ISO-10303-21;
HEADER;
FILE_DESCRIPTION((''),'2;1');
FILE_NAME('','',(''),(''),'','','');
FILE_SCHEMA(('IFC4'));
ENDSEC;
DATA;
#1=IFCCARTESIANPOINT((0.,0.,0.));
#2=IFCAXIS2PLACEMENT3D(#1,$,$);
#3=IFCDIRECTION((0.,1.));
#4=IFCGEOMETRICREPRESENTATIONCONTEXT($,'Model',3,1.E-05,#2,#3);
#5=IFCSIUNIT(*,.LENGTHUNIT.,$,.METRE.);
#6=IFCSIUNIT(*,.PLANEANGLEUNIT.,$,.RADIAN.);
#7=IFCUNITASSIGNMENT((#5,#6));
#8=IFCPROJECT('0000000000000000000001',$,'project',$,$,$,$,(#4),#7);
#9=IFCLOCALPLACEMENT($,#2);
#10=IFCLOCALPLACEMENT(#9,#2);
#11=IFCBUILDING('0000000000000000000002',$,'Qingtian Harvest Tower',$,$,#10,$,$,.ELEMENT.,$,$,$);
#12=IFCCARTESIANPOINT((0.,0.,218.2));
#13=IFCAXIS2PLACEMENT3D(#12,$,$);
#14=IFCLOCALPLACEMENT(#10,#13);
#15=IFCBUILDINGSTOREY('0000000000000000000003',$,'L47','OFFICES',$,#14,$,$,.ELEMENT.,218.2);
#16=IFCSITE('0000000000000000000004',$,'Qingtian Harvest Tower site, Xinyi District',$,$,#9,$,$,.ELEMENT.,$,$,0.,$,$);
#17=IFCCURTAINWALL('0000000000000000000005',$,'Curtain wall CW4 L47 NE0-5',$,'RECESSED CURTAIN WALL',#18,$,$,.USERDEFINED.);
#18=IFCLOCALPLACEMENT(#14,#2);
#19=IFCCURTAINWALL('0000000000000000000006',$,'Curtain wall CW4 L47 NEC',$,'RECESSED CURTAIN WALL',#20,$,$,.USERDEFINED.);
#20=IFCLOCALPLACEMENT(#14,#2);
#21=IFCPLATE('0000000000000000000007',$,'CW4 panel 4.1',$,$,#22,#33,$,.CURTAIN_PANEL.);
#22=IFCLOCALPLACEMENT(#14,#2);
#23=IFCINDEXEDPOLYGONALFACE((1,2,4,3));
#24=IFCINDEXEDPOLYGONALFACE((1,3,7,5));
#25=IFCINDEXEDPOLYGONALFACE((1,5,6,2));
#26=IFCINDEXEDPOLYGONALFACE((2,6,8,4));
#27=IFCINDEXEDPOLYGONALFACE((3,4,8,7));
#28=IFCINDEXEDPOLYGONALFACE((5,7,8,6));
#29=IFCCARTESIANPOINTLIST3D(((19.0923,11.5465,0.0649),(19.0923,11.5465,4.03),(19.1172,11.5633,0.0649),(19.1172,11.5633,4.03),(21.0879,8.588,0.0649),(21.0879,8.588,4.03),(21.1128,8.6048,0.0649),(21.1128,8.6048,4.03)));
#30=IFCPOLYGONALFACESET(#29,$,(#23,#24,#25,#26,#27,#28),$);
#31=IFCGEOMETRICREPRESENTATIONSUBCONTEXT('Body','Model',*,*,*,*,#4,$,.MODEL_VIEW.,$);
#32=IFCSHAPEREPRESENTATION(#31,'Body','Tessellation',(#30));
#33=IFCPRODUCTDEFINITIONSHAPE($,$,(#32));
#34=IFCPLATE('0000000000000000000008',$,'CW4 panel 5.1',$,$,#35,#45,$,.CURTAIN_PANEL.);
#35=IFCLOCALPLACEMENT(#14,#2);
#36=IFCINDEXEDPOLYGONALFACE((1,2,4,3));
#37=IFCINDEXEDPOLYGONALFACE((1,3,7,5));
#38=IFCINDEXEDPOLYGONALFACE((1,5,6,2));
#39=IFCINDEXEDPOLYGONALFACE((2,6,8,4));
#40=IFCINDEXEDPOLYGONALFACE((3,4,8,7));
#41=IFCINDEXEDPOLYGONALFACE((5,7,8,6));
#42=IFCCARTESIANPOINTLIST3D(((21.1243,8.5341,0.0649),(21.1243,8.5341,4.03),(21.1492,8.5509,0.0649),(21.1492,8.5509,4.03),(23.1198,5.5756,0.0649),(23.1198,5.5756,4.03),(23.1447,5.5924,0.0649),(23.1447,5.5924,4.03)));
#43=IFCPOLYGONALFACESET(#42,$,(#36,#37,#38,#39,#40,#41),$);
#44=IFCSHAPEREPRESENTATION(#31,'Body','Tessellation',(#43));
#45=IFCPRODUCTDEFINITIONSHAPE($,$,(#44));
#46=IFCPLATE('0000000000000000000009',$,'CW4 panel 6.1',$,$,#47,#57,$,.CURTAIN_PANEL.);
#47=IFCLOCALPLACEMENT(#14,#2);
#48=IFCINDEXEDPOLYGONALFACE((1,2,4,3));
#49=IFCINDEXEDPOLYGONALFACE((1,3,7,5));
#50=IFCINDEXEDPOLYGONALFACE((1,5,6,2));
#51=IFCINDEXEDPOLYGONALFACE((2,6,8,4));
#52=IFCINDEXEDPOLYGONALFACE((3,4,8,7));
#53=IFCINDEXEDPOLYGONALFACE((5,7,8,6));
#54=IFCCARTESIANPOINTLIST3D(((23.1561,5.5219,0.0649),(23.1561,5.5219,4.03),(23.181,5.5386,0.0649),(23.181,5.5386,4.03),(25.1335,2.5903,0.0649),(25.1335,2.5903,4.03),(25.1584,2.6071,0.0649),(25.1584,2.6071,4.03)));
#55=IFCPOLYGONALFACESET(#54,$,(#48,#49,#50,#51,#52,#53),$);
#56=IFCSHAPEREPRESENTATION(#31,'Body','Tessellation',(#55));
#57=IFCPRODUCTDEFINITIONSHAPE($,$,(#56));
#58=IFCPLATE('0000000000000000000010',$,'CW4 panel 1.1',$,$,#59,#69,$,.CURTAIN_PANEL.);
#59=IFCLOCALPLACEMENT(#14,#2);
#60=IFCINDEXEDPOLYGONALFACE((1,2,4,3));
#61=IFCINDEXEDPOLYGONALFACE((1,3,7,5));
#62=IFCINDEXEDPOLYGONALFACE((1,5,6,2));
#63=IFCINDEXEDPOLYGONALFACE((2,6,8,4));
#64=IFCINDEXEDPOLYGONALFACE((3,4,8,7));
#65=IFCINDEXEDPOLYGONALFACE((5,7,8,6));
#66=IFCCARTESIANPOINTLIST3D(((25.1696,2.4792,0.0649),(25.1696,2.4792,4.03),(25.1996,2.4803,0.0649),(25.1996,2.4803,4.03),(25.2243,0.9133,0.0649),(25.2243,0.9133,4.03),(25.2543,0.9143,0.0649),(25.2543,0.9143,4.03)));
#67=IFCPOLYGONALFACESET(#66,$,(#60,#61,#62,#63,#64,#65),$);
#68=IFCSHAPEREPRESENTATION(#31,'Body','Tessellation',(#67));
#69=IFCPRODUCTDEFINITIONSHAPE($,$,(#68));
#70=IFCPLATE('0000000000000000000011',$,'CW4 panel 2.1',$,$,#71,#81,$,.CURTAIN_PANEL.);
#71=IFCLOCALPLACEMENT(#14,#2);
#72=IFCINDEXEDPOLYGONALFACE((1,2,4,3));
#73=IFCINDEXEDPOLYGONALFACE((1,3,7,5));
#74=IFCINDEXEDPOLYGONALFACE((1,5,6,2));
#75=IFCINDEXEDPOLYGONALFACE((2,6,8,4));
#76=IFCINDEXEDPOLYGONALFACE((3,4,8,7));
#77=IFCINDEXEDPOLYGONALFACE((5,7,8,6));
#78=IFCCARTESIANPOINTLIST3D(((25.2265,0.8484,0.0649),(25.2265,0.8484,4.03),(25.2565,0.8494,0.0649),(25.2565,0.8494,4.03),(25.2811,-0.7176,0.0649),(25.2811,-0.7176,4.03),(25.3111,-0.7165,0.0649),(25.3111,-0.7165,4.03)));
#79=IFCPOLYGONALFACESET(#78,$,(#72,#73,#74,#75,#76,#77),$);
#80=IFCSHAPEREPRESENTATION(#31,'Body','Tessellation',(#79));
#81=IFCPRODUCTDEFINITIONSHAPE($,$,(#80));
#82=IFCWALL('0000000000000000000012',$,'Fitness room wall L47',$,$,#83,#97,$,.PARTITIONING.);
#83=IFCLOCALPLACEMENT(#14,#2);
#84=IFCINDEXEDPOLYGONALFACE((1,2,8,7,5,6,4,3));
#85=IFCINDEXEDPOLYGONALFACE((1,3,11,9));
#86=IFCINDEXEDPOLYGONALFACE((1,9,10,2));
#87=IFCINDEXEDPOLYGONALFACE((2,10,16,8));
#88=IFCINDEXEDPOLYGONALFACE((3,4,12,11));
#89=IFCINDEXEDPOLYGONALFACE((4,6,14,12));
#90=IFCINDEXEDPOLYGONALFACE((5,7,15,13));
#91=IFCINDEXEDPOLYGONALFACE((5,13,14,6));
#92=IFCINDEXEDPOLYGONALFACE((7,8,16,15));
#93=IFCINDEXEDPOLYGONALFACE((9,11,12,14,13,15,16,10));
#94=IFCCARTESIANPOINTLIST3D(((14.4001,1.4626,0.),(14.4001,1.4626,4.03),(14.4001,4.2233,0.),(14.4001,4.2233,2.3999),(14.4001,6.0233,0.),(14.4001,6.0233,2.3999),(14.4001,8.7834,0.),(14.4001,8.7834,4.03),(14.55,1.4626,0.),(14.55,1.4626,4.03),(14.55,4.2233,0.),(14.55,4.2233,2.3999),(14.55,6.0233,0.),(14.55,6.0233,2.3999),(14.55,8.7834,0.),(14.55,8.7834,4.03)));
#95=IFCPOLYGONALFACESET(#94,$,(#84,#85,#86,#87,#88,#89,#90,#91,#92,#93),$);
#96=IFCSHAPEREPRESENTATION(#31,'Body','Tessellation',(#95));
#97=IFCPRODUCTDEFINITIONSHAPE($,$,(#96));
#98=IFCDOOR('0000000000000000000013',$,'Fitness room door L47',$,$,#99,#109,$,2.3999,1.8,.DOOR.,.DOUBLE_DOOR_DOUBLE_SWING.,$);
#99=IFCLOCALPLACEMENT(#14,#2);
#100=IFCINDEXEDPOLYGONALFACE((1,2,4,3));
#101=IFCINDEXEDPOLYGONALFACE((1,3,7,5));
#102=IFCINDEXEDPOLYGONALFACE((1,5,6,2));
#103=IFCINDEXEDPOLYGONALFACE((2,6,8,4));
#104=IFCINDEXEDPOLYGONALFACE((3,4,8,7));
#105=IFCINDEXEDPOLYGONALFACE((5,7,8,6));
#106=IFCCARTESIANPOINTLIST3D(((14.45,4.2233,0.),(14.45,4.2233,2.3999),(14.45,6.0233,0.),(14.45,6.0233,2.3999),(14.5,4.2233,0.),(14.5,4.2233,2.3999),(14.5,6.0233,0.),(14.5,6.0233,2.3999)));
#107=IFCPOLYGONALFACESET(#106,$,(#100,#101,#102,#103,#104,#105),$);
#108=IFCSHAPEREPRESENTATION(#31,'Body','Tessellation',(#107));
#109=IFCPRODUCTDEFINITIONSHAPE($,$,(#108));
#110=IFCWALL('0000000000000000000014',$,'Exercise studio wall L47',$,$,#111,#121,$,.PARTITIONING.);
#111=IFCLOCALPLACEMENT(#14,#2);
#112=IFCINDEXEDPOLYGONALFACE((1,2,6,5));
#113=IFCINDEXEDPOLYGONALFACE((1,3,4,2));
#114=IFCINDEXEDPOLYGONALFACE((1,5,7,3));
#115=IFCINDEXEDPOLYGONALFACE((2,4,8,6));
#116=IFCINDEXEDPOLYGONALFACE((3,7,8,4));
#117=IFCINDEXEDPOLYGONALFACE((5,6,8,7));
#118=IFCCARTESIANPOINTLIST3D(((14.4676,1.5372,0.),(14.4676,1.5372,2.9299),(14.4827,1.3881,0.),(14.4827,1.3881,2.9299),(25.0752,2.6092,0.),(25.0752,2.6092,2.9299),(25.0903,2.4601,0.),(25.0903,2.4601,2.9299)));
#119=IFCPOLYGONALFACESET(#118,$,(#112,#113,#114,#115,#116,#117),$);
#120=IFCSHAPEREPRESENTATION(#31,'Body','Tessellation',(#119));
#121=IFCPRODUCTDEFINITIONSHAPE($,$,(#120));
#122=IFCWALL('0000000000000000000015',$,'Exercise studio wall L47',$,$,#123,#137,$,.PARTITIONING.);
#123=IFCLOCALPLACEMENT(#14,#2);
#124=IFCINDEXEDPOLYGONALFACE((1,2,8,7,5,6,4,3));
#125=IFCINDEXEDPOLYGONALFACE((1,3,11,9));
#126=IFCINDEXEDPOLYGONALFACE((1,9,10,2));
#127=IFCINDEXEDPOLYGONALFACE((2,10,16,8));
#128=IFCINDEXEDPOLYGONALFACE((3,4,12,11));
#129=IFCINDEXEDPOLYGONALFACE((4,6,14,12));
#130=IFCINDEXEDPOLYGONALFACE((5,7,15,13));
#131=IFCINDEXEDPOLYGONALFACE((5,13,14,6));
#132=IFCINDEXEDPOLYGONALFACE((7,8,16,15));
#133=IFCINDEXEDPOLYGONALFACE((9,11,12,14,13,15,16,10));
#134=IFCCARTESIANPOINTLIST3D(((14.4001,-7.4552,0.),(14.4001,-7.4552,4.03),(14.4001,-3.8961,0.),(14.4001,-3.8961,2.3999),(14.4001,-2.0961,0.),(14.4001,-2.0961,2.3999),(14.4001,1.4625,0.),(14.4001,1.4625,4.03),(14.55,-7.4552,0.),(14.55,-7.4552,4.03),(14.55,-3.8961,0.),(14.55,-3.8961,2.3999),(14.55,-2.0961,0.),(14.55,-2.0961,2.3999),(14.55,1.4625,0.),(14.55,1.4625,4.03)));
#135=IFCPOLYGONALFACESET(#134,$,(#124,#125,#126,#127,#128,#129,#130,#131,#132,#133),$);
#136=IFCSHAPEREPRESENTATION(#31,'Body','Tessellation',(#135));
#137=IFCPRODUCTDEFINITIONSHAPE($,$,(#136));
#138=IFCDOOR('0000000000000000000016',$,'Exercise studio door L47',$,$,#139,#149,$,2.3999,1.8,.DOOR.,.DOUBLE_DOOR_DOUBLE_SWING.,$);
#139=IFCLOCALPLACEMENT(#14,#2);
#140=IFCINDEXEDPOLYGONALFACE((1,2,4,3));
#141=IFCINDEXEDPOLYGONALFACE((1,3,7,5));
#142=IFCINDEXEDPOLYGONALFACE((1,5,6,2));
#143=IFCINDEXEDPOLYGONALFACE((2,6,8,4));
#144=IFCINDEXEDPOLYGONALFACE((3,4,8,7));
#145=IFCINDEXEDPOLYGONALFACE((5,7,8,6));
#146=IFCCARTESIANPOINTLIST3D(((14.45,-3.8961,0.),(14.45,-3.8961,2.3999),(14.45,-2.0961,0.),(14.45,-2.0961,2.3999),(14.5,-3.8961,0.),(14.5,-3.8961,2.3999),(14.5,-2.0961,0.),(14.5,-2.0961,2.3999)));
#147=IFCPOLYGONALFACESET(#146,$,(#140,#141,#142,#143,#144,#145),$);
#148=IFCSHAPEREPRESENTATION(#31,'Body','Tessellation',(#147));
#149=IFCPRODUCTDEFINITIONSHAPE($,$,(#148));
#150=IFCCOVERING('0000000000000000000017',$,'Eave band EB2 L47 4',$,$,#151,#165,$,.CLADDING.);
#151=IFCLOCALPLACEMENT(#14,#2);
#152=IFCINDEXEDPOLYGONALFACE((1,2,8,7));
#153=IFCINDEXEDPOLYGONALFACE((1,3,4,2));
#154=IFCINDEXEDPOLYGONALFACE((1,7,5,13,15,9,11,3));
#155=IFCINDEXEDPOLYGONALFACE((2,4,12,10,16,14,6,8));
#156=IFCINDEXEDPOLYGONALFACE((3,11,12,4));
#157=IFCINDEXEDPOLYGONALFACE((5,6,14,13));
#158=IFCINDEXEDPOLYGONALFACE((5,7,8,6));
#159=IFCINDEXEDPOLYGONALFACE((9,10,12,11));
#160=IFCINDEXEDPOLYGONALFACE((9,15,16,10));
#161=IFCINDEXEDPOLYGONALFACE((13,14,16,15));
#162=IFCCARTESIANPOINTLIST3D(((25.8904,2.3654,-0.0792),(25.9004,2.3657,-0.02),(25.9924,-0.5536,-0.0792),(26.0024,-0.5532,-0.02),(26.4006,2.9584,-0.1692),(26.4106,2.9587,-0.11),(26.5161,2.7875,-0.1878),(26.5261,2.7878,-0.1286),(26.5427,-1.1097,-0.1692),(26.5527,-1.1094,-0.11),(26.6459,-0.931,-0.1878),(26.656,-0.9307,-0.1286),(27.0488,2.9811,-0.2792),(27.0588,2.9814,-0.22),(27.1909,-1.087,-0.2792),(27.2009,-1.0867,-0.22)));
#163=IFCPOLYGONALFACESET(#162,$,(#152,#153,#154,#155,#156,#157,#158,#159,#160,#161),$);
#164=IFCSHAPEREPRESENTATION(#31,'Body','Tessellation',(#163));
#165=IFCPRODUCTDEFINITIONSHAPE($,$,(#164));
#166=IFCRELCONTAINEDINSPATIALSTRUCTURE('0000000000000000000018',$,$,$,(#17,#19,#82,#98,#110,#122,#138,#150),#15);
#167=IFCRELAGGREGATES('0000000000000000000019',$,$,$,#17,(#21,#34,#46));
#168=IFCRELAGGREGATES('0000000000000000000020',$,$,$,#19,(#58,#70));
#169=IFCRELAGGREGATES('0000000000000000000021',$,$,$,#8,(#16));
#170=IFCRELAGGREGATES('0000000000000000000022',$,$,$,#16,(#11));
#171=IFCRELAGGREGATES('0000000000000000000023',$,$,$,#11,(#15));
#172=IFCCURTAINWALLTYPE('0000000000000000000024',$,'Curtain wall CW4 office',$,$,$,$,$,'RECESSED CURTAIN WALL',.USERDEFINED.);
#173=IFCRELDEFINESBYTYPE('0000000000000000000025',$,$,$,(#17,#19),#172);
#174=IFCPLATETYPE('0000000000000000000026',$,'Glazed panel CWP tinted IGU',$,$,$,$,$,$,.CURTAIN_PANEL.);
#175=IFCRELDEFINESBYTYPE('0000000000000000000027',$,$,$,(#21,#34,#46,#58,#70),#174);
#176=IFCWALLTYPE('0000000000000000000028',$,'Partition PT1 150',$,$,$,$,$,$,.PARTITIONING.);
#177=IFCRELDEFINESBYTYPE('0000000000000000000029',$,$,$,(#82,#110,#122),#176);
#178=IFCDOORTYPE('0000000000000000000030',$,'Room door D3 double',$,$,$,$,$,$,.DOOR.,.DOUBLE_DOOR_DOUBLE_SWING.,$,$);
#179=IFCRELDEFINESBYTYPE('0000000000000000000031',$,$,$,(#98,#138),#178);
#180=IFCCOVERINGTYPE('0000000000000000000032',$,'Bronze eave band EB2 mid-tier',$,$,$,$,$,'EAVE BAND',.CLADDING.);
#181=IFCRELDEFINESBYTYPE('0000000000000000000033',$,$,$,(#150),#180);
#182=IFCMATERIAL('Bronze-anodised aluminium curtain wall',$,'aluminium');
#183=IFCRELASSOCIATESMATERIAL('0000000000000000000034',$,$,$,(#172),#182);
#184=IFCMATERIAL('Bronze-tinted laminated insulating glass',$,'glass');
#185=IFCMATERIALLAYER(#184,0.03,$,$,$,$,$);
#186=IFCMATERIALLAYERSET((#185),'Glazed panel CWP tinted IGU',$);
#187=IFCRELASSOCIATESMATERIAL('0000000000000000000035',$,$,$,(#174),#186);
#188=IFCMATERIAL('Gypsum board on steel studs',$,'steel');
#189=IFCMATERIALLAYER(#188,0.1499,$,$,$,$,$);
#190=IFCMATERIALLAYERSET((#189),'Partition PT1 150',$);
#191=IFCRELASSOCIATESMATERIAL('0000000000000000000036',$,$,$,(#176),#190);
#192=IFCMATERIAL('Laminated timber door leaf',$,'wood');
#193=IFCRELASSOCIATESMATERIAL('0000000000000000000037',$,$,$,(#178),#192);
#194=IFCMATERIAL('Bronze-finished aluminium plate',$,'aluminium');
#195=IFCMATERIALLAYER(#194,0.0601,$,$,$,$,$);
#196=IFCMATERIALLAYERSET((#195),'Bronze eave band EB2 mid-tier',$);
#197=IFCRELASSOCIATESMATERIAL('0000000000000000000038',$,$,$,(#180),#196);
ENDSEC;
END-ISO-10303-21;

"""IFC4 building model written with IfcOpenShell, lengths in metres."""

from ifc_helpers import new_model, si_unit, direction, frame, frame_2d, origin, origin_2d, place, context, subcontext, project, spatial, polyline, rectangle, outline, extrude, material, layer, layer_set, type_object, element, fill, aggregate, save


model = new_model("IFC4")

# Units and contexts
model_context = context("Model", 3, precision=1e-05, world=origin(), true_north=direction((0.0, 1.0)))
body_context = subcontext(model_context, "Body", "Model", "MODEL_VIEW")
ifc_project = project(units=[si_unit("LENGTHUNIT", "METRE"), si_unit("PLANEANGLEUNIT", "RADIAN")], contexts=[model_context])

# Site, building, storey
site_placement = place(None, origin())
site = spatial("IfcSite", under=ifc_project, at=site_placement, Name="Qingtian Harvest Tower site, Xinyi District", CompositionType="ELEMENT", RefElevation=0.0)
building_placement = place(site_placement, origin())
building = spatial("IfcBuilding", under=site, at=building_placement, Name="Qingtian Harvest Tower", CompositionType="ELEMENT")
storey_placement = place(building_placement, frame((0.0, 0.0, 218.2)))
storey = spatial("IfcBuildingStorey", under=building, at=storey_placement, Name="L47", Description="OFFICES", CompositionType="ELEMENT", Elevation=218.2)

# Curtain walls
ifc_material_1 = material(Name="Bronze-anodised aluminium curtain wall", Category="aluminium")
curtain_wall_type = type_object("IfcCurtainWallType", Name="Curtain wall CW4 office", ElementType="RECESSED CURTAIN WALL", PredefinedType="USERDEFINED", material=ifc_material_1)
curtain_wall_1_placement = place(storey_placement, origin())
curtain_wall_1 = element("IfcCurtainWall", 1, at=curtain_wall_1_placement, inside=storey, type_object=curtain_wall_type, Name="Curtain wall CW4 L47 NE0-5", ObjectType="RECESSED CURTAIN WALL", PredefinedType="USERDEFINED")
curtain_wall_2_placement = place(storey_placement, origin())
curtain_wall_2 = element("IfcCurtainWall", 2, at=curtain_wall_2_placement, inside=storey, type_object=curtain_wall_type, Name="Curtain wall CW4 L47 NEC", ObjectType="RECESSED CURTAIN WALL", PredefinedType="USERDEFINED")

# Plates
ifc_material_2 = material(Name="Bronze-tinted laminated insulating glass", Category="glass")
ifc_layer_1 = layer(ifc_material_2, 0.03)
ifc_layer_set_1 = layer_set([ifc_layer_1], Name="Glazed panel CWP tinted IGU")
plate_type = type_object("IfcPlateType", Name="Glazed panel CWP tinted IGU", PredefinedType="CURTAIN_PANEL", material=ifc_layer_set_1)
plate_1_placement = place(storey_placement, frame((20.1025, 10.0757, 0.0649), z_axis=(0.0, 0.0, 1.0), x_axis=(0.559193, -0.829038, 0.0)))
plate_1 = element("IfcPlate", 3, at=plate_1_placement, type_object=plate_type, Name="CW4 panel 4.1", PredefinedType="CURTAIN_PANEL", context=body_context, shape_type="SweptSolid", body=[
    extrude(rectangle(XDim=3.5686, YDim=0.03, at=origin_2d()), origin(), (0.0, 0.0, 1.0), 3.9651),
])
plate_2_placement = place(storey_placement, frame((22.1345, 7.0632, 0.0649), z_axis=(0.0, 0.0, 1.0), x_axis=(0.559193, -0.829038, 0.0)))
plate_2 = element("IfcPlate", 4, at=plate_2_placement, type_object=plate_type, Name="CW4 panel 5.1", PredefinedType="CURTAIN_PANEL", context=body_context, shape_type="SweptSolid", body=[
    extrude(rectangle(XDim=3.5686, YDim=0.03, at=origin_2d()), origin(), (0.0, 0.0, 1.0), 3.9651),
])
plate_3_placement = place(storey_placement, frame((24.1572, 4.0645, 0.0649), z_axis=(0.0, 0.0, 1.0), x_axis=(0.559193, -0.829038, 0.0)))
plate_3 = element("IfcPlate", 5, at=plate_3_placement, type_object=plate_type, Name="CW4 panel 6.1", PredefinedType="CURTAIN_PANEL", context=body_context, shape_type="SweptSolid", body=[
    extrude(rectangle(XDim=3.5361, YDim=0.03, at=origin_2d()), origin(), (0.0, 0.0, 1.0), 3.9651),
])
aggregate(curtain_wall_1, [plate_1, plate_2, plate_3])
plate_4_placement = place(storey_placement, frame((25.2119, 1.6968, 0.0649), z_axis=(0.0, 0.0, 1.0), x_axis=(0.034899, -0.999391, 0.0)))
plate_4 = element("IfcPlate", 6, at=plate_4_placement, type_object=plate_type, Name="CW4 panel 1.1", PredefinedType="CURTAIN_PANEL", context=body_context, shape_type="SweptSolid", body=[
    extrude(rectangle(XDim=1.5669, YDim=0.03, at=origin_2d()), origin(), (0.0, 0.0, 1.0), 3.9651),
])
plate_5_placement = place(storey_placement, frame((25.2688, 0.0659, 0.0649), z_axis=(0.0, 0.0, 1.0), x_axis=(0.034899, -0.999391, 0.0)))
plate_5 = element("IfcPlate", 7, at=plate_5_placement, type_object=plate_type, Name="CW4 panel 2.1", PredefinedType="CURTAIN_PANEL", context=body_context, shape_type="SweptSolid", body=[
    extrude(rectangle(XDim=1.5669, YDim=0.03, at=origin_2d()), origin(), (0.0, 0.0, 1.0), 3.9651),
])
aggregate(curtain_wall_2, [plate_4, plate_5])

# Wall, opening, door
ifc_material_3 = material(Name="Gypsum board on steel studs", Category="steel")
ifc_layer_2 = layer(ifc_material_3, 0.1499)
ifc_layer_set_2 = layer_set([ifc_layer_2], Name="Partition PT1 150")
wall_type = type_object("IfcWallType", Name="Partition PT1 150", PredefinedType="PARTITIONING", material=ifc_layer_set_2)
wall_1_placement = place(storey_placement, frame((14.4751, 8.7834, 0.0), z_axis=(0.0, 0.0, 1.0), x_axis=(0.0, -1.0, 0.0)))
wall_1 = element("IfcWall", 8, at=wall_1_placement, inside=storey, type_object=wall_type, Name="Fitness room wall L47", PredefinedType="PARTITIONING", context=body_context, shape_type="SweptSolid", body=[
    extrude(rectangle(XDim=7.3208, YDim=0.1499, at=frame_2d((3.6604, 0.0))), origin(), (0.0, 0.0, 1.0), 4.03),
])
opening_1_placement = place(wall_1_placement, frame((2.7603, 0.0, 0.0)))
opening_1 = element("IfcOpeningElement", 9, at=opening_1_placement, cuts=wall_1, PredefinedType="OPENING", context=body_context, shape_type="SweptSolid", body=[
    extrude(rectangle(XDim=1.8, YDim=2.3999, at=frame_2d((0.8999, 1.2))), frame((0.0, 0.085, 0.0), z_axis=(0.0, -1.0, 0.0), x_axis=(1.0, 0.0, 0.0)), (0.0, 0.0, 1.0), 0.1699),
])
ifc_material_4 = material(Name="Laminated timber door leaf", Category="wood")
door_type = type_object("IfcDoorType", Name="Room door D3 double", OperationType="DOUBLE_DOOR_DOUBLE_SWING", PredefinedType="DOOR", material=ifc_material_4)
door_1_placement = place(opening_1_placement, origin())
door_1 = element("IfcDoor", 10, at=door_1_placement, inside=storey, type_object=door_type, Name="Fitness room door L47", OperationType="DOUBLE_DOOR_DOUBLE_SWING", OverallHeight=2.3999, OverallWidth=1.8, PredefinedType="DOOR", context=body_context, shape_type="SweptSolid", body=[
    extrude(rectangle(XDim=1.8, YDim=2.3999, at=frame_2d((0.8999, 1.2))), frame((0.0, 0.0249, 0.0), z_axis=(0.0, -1.0, 0.0), x_axis=(1.0, 0.0, 0.0)), (0.0, 0.0, 1.0), 0.05),
])
fill(opening_1, door_1)

# Wall
wall_2_placement = place(storey_placement, frame((25.0828, 2.5347, 0.0), z_axis=(0.0, 0.0, 1.0), x_axis=(-0.994932, -0.100549, 0.0)))
element("IfcWall", 11, at=wall_2_placement, inside=storey, type_object=wall_type, Name="Exercise studio wall L47", PredefinedType="PARTITIONING", context=body_context, shape_type="SweptSolid", body=[
    extrude(rectangle(XDim=10.6616, YDim=0.1499, at=frame_2d((5.3308, 0.0))), origin(), (0.0, 0.0, 1.0), 2.9299),
])

# Wall, opening, door
wall_3_placement = place(storey_placement, frame((14.4751, 1.4626, 0.0), z_axis=(0.0, 0.0, 1.0), x_axis=(0.0, -1.0, 0.0)))
wall_3 = element("IfcWall", 12, at=wall_3_placement, inside=storey, type_object=wall_type, Name="Exercise studio wall L47", PredefinedType="PARTITIONING", context=body_context, shape_type="SweptSolid", body=[
    extrude(rectangle(XDim=8.9177, YDim=0.1499, at=frame_2d((4.459, 0.0))), origin(), (0.0, 0.0, 1.0), 4.03),
])
opening_2_placement = place(wall_3_placement, frame((3.5588, 0.0, 0.0)))
opening_2 = element("IfcOpeningElement", 13, at=opening_2_placement, cuts=wall_3, PredefinedType="OPENING", context=body_context, shape_type="SweptSolid", body=[
    extrude(rectangle(XDim=1.8, YDim=2.3999, at=frame_2d((0.8999, 1.2))), frame((0.0, 0.085, 0.0), z_axis=(0.0, -1.0, 0.0), x_axis=(1.0, 0.0, 0.0)), (0.0, 0.0, 1.0), 0.1699),
])
door_2_placement = place(opening_2_placement, origin())
door_2 = element("IfcDoor", 14, at=door_2_placement, inside=storey, type_object=door_type, Name="Exercise studio door L47", OperationType="DOUBLE_DOOR_DOUBLE_SWING", OverallHeight=2.3999, OverallWidth=1.8, PredefinedType="DOOR", context=body_context, shape_type="SweptSolid", body=[
    extrude(rectangle(XDim=1.8, YDim=2.3999, at=frame_2d((0.8999, 1.2))), frame((0.0, 0.0249, 0.0), z_axis=(0.0, -1.0, 0.0), x_axis=(1.0, 0.0, 0.0)), (0.0, 0.0, 1.0), 0.05),
])
fill(opening_2, door_2)

# Covering
ifc_material_5 = material(Name="Bronze-finished aluminium plate", Category="aluminium")
ifc_layer_3 = layer(ifc_material_5, 0.0601)
ifc_layer_set_3 = layer_set([ifc_layer_3], Name="Bronze eave band EB2 mid-tier")
covering_type = type_object("IfcCoveringType", Name="Bronze eave band EB2 mid-tier", ElementType="EAVE BAND", PredefinedType="CLADDING", material=ifc_layer_set_3)
covering_placement = place(storey_placement, frame((25.9004, 2.3657, -0.02), z_axis=(0.167101, 0.005838, 0.985923), x_axis=(0.82055, 0.553565, -0.14235)))
element("IfcCovering", 15, at=covering_placement, inside=storey, type_object=covering_type, Name="Eave band EB2 L47 4", PredefinedType="CLADDING", context=body_context, shape_type="SweptSolid", body=[
    extrude(outline(polyline([(0.0, 0.0), (0.7625, 0.0), (0.7598, 0.2071), (1.3199, -0.138), (-0.8155, -3.6035), (-1.3756, -3.2585), (-1.1893, -3.1677), (-1.5321, -2.4866), (0.0, 0.0)])), origin(), (0.0, 0.0, -1.0), 0.0601),
])

save(model, "model.ifc")
